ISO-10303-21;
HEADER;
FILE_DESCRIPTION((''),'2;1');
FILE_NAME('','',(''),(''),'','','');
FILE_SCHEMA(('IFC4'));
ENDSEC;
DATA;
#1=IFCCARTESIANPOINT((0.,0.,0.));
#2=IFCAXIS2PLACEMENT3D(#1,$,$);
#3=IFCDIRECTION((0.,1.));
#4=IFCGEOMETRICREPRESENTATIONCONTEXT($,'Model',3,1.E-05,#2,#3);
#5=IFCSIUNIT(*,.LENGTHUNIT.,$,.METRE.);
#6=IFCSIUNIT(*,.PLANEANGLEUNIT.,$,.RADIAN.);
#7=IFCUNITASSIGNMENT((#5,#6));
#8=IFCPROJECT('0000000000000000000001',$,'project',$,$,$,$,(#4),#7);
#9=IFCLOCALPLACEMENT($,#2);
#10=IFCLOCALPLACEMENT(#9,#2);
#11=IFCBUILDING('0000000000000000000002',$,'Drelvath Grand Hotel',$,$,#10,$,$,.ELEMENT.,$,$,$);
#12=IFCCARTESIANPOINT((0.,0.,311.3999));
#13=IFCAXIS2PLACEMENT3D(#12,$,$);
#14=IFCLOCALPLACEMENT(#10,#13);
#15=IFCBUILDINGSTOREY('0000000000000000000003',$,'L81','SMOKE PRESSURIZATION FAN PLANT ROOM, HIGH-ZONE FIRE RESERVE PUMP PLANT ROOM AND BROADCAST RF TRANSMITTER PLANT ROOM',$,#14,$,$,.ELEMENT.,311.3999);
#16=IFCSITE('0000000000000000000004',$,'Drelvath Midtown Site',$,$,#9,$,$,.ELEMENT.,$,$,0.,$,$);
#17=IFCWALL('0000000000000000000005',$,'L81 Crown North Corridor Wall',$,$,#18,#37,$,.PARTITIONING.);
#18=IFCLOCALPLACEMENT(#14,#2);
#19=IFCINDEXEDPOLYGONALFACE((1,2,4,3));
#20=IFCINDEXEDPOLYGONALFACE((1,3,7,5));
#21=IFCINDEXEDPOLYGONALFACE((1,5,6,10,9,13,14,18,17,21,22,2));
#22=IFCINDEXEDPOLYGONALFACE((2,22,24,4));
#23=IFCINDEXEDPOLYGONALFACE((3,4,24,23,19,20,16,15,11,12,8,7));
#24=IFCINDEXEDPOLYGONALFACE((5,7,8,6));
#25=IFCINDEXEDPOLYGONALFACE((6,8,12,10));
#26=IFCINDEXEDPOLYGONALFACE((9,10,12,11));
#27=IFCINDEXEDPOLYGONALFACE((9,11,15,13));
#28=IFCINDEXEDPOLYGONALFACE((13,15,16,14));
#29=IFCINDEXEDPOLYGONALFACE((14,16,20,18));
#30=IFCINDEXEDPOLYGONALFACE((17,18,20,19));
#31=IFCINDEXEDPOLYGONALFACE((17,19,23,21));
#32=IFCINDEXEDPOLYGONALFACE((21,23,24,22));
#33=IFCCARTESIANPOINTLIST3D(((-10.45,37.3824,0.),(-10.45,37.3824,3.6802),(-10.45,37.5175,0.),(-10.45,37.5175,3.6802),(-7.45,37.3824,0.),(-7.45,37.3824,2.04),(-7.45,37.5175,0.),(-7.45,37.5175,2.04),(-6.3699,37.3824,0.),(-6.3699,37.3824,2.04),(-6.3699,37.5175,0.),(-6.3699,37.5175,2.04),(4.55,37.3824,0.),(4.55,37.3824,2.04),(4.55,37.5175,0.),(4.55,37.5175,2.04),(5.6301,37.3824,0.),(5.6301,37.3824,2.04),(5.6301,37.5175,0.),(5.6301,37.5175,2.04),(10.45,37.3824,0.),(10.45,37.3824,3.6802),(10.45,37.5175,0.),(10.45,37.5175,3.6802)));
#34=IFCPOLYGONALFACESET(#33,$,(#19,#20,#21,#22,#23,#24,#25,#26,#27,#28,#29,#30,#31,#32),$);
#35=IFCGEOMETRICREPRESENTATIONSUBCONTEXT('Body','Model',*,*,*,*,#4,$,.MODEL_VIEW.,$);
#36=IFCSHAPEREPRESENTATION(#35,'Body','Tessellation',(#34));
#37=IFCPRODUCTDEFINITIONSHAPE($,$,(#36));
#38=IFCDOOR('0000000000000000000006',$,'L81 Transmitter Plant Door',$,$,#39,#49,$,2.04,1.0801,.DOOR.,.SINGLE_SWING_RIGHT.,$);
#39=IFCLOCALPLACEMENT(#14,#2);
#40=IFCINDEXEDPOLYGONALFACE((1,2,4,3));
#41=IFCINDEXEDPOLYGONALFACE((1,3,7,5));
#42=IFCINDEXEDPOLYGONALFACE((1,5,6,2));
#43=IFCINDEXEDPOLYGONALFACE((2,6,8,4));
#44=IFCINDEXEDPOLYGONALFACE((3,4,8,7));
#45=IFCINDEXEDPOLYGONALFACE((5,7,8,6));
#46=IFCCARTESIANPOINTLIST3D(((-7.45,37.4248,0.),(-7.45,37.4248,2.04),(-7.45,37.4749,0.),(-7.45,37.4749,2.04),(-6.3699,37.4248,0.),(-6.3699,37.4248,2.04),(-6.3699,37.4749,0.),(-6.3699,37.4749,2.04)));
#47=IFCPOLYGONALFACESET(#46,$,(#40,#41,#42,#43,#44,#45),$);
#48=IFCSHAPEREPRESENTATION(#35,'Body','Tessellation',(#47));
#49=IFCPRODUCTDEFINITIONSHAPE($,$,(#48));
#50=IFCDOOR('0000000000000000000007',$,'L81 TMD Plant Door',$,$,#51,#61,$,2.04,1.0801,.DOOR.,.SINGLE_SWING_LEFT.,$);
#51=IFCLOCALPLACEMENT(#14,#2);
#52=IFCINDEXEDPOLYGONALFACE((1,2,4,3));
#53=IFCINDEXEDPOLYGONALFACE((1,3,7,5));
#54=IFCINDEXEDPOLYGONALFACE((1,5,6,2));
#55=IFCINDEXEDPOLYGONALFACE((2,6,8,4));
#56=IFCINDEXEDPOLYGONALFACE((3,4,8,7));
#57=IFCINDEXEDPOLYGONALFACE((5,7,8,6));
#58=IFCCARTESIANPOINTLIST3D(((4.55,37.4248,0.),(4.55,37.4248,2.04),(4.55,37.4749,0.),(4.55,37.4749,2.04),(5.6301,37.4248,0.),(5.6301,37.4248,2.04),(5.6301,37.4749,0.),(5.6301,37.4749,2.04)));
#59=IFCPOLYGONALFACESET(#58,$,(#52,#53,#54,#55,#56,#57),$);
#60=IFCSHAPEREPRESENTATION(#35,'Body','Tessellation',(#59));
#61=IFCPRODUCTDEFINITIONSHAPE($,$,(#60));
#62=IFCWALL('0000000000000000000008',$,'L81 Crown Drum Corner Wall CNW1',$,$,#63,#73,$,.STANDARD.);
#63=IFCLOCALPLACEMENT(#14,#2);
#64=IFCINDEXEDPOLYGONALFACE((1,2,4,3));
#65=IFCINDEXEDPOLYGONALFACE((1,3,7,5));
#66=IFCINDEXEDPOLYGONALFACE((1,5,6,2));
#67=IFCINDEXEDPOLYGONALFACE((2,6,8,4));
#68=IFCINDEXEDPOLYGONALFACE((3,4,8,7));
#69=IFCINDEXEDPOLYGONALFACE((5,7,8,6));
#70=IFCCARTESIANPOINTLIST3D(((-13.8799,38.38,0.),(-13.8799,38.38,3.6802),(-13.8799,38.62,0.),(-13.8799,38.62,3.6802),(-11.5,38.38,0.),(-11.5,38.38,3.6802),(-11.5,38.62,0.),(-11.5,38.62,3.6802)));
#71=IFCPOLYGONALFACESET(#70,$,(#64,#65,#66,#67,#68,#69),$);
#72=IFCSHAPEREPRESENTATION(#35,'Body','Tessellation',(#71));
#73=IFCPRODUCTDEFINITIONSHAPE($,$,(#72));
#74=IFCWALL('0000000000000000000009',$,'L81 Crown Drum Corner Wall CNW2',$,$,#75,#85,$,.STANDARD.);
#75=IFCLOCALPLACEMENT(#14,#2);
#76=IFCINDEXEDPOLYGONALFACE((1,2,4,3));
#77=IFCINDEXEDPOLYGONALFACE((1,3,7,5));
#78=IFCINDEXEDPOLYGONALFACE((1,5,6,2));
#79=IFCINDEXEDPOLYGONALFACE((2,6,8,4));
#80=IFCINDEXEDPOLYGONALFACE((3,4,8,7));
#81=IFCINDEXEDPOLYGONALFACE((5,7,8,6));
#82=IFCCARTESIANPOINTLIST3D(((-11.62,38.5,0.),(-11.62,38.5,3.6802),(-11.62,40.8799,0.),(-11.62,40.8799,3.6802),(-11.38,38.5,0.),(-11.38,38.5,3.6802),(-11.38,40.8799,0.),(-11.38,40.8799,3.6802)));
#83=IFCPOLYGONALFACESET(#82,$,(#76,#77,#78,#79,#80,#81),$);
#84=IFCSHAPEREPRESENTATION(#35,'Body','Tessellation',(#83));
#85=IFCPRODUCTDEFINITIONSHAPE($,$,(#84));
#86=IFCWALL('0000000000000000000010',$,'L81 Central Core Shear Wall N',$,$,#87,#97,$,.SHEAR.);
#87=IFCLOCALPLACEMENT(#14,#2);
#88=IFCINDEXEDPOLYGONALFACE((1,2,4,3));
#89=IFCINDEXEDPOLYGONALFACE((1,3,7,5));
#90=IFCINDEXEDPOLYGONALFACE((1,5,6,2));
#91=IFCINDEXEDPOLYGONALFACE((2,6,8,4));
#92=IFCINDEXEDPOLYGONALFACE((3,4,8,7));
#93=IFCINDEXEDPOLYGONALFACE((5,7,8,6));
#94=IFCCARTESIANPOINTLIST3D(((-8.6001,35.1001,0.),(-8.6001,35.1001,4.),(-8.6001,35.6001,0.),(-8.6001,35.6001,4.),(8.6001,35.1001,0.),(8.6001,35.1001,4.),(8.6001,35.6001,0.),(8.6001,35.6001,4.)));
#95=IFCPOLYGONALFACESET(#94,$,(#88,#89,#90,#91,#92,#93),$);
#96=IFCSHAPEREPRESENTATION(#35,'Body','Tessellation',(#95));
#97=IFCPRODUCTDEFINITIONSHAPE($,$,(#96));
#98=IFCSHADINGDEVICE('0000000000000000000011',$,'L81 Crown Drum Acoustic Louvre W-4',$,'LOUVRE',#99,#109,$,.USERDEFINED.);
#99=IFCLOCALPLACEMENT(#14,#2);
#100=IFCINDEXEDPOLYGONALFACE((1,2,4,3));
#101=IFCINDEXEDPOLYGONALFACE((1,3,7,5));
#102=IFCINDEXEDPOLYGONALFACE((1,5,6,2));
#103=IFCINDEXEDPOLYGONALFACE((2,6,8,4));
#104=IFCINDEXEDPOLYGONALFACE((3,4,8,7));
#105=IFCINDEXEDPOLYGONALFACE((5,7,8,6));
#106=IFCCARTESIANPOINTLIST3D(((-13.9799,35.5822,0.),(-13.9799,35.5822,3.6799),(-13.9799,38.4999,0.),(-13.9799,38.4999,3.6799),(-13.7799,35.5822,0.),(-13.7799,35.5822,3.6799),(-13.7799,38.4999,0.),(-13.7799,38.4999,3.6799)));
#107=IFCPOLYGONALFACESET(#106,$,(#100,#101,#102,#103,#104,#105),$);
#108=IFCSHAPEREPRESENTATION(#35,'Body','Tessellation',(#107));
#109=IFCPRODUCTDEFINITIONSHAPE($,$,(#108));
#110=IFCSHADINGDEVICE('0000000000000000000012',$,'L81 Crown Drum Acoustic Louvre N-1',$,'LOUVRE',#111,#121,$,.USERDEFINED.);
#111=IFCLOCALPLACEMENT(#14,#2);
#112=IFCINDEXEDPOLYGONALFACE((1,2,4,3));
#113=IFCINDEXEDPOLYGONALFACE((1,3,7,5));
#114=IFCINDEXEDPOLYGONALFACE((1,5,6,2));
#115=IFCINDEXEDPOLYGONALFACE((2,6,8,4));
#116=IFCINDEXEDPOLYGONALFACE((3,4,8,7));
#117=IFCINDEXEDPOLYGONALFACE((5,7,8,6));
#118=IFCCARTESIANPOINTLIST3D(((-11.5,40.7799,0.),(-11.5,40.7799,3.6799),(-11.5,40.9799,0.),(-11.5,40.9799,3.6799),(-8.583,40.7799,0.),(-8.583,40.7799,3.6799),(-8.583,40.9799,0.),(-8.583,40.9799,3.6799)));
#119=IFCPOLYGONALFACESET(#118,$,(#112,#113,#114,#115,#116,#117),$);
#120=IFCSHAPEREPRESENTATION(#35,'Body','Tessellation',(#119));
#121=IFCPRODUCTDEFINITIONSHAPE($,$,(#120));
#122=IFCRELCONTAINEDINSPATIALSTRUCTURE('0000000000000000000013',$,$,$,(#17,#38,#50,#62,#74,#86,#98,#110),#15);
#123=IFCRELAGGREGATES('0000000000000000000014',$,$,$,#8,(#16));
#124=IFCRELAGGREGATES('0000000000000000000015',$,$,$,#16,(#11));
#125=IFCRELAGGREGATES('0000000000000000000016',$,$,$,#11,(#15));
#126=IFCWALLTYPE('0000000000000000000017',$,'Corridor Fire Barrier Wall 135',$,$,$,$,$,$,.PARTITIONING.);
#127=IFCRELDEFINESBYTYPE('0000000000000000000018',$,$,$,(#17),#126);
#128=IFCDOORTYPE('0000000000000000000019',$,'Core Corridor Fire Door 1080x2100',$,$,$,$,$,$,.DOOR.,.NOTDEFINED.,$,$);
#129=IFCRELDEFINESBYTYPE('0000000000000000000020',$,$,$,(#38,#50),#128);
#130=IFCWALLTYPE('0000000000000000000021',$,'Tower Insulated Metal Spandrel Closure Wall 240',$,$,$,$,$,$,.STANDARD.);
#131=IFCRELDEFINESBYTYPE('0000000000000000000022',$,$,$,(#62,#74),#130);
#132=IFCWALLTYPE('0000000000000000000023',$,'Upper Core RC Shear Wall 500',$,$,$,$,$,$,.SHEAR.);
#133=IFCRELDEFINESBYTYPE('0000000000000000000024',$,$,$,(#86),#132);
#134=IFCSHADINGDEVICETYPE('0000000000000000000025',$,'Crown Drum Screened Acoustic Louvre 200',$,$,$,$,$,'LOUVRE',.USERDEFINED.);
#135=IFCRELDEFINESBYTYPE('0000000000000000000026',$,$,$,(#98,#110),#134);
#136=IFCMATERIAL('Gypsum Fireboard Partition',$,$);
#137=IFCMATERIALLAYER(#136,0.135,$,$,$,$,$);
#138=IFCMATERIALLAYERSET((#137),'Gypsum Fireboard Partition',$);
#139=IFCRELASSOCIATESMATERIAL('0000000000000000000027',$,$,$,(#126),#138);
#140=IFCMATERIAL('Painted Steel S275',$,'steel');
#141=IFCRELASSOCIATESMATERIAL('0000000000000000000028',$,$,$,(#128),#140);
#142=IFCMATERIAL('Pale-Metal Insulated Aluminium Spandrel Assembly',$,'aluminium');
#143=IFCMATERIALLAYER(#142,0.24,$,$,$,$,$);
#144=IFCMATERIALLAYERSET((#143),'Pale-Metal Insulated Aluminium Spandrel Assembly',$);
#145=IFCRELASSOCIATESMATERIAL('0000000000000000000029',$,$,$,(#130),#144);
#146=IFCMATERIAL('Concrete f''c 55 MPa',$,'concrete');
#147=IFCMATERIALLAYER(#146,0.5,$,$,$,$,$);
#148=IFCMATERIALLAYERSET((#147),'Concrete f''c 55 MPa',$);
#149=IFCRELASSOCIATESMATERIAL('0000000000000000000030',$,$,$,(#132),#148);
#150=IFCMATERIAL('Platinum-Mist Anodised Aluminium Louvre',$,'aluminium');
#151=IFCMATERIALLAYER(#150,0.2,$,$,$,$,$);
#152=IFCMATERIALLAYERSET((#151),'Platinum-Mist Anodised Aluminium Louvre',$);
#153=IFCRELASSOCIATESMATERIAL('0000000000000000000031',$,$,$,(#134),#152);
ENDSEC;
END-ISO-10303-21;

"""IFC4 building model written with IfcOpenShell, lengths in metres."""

from ifc_helpers import new_model, si_unit, direction, frame, frame_2d, origin, origin_2d, place, context, subcontext, project, spatial, rectangle, extrude, material, layer, layer_set, type_object, element, fill, save


model = new_model("IFC4")

# Units and contexts
model_context = context("Model", 3, precision=1e-05, world=origin(), true_north=direction((0.0, 1.0)))
body_context = subcontext(model_context, "Body", "Model", "MODEL_VIEW")
ifc_project = project(units=[si_unit("LENGTHUNIT", "METRE"), si_unit("PLANEANGLEUNIT", "RADIAN")], contexts=[model_context])

# Site, building, storey
site_placement = place(None, origin())
site = spatial("IfcSite", under=ifc_project, at=site_placement, Name="Drelvath Midtown Site", CompositionType="ELEMENT", RefElevation=0.0)
building_placement = place(site_placement, origin())
building = spatial("IfcBuilding", under=site, at=building_placement, Name="Drelvath Grand Hotel", CompositionType="ELEMENT")
storey_placement = place(building_placement, frame((0.0, 0.0, 311.3999)))
storey = spatial("IfcBuildingStorey", under=building, at=storey_placement, Name="L81", Description="SMOKE PRESSURIZATION FAN PLANT ROOM, HIGH-ZONE FIRE RESERVE PUMP PLANT ROOM AND BROADCAST RF TRANSMITTER PLANT ROOM", CompositionType="ELEMENT", Elevation=311.3999)

# Wall, openings, doors
ifc_material_1 = material(Name="Gypsum Fireboard Partition")
ifc_layer_1 = layer(ifc_material_1, 0.135)
ifc_layer_set_1 = layer_set([ifc_layer_1], Name="Gypsum Fireboard Partition")
wall_type_1 = type_object("IfcWallType", Name="Corridor Fire Barrier Wall 135", PredefinedType="PARTITIONING", material=ifc_layer_set_1)
wall_1_placement = place(storey_placement, frame((-10.45, 37.45, 0.0), z_axis=(0.0, 0.0, 1.0), x_axis=(1.0, 0.0, 0.0)))
wall_1 = element("IfcWall", 1, at=wall_1_placement, inside=storey, type_object=wall_type_1, Name="L81 Crown North Corridor Wall", PredefinedType="PARTITIONING", context=body_context, shape_type="SweptSolid", body=[
    extrude(rectangle(XDim=20.8999, YDim=0.135, at=frame_2d((10.45, 0.0))), origin(), (0.0, 0.0, 1.0), 3.6802),
])
opening_1_placement = place(wall_1_placement, frame((3.0, 0.0, 0.0)))
opening_1 = element("IfcOpeningElement", 2, at=opening_1_placement, cuts=wall_1, PredefinedType="OPENING", context=body_context, shape_type="SweptSolid", body=[
    extrude(rectangle(XDim=1.0801, YDim=2.04, at=frame_2d((0.54, 1.02))), frame((0.0, 0.0774, 0.0), z_axis=(0.0, -1.0, 0.0), x_axis=(1.0, 0.0, 0.0)), (0.0, 0.0, 1.0), 0.155),
])
opening_2_placement = place(wall_1_placement, frame((15.0, 0.0, 0.0)))
opening_2 = element("IfcOpeningElement", 3, at=opening_2_placement, cuts=wall_1, PredefinedType="OPENING", context=body_context, shape_type="SweptSolid", body=[
    extrude(rectangle(XDim=1.0801, YDim=2.04, at=frame_2d((0.54, 1.02))), frame((0.0, 0.0774, 0.0), z_axis=(0.0, -1.0, 0.0), x_axis=(1.0, 0.0, 0.0)), (0.0, 0.0, 1.0), 0.155),
])
ifc_material_2 = material(Name="Painted Steel S275", Category="steel")
door_type = type_object("IfcDoorType", Name="Core Corridor Fire Door 1080x2100", OperationType="NOTDEFINED", PredefinedType="DOOR", material=ifc_material_2)
door_1_placement = place(opening_1_placement, origin())
door_1 = element("IfcDoor", 4, at=door_1_placement, inside=storey, type_object=door_type, Name="L81 Transmitter Plant Door", OperationType="SINGLE_SWING_RIGHT", OverallHeight=2.04, OverallWidth=1.0801, PredefinedType="DOOR", context=body_context, shape_type="SweptSolid", body=[
    extrude(rectangle(XDim=1.0801, YDim=2.04, at=frame_2d((0.54, 1.02))), frame((0.0, 0.0249, 0.0), z_axis=(0.0, -1.0, 0.0), x_axis=(1.0, 0.0, 0.0)), (0.0, 0.0, 1.0), 0.05),
])
fill(opening_1, door_1)
door_2_placement = place(opening_2_placement, origin())
door_2 = element("IfcDoor", 5, at=door_2_placement, inside=storey, type_object=door_type, Name="L81 TMD Plant Door", OperationType="SINGLE_SWING_LEFT", OverallHeight=2.04, OverallWidth=1.0801, PredefinedType="DOOR", context=body_context, shape_type="SweptSolid", body=[
    extrude(rectangle(XDim=1.0801, YDim=2.04, at=frame_2d((0.54, 1.02))), frame((0.0, 0.0249, 0.0), z_axis=(0.0, -1.0, 0.0), x_axis=(1.0, 0.0, 0.0)), (0.0, 0.0, 1.0), 0.05),
])
fill(opening_2, door_2)

# Walls
ifc_material_3 = material(Name="Pale-Metal Insulated Aluminium Spandrel Assembly", Category="aluminium")
ifc_layer_2 = layer(ifc_material_3, 0.24)
ifc_layer_set_2 = layer_set([ifc_layer_2], Name="Pale-Metal Insulated Aluminium Spandrel Assembly")
wall_type_2 = type_object("IfcWallType", Name="Tower Insulated Metal Spandrel Closure Wall 240", PredefinedType="STANDARD", material=ifc_layer_set_2)
for number, where, z_axis, x_axis, name in (
    (6, (-13.8799, 38.5, 0.0), (0.0, 0.0, 1.0), (1.0, 0.0, 0.0), "L81 Crown Drum Corner Wall CNW1"),
    (7, (-11.5, 38.5, 0.0), (0.0, 0.0, 1.0), (0.0, 1.0, 0.0), "L81 Crown Drum Corner Wall CNW2"),
):
    element("IfcWall", number, at=place(storey_placement, frame(where, z_axis=z_axis, x_axis=x_axis)), inside=storey, type_object=wall_type_2, Name=name, PredefinedType="STANDARD", context=body_context, shape_type="SweptSolid", body=[
        extrude(rectangle(XDim=2.3799, YDim=0.24, at=frame_2d((1.1899, 0.0))), origin(), (0.0, 0.0, 1.0), 3.6802),
    ])
ifc_material_4 = material(Name="Concrete f'c 55 MPa", Category="concrete")
ifc_layer_3 = layer(ifc_material_4, 0.5)
ifc_layer_set_3 = layer_set([ifc_layer_3], Name="Concrete f'c 55 MPa")
wall_type_3 = type_object("IfcWallType", Name="Upper Core RC Shear Wall 500", PredefinedType="SHEAR", material=ifc_layer_set_3)
wall_2_placement = place(storey_placement, frame((-8.6001, 35.3501, 0.0), z_axis=(0.0, 0.0, 1.0), x_axis=(1.0, 0.0, 0.0)))
element("IfcWall", 8, at=wall_2_placement, inside=storey, type_object=wall_type_3, Name="L81 Central Core Shear Wall N", PredefinedType="SHEAR", context=body_context, shape_type="SweptSolid", body=[
    extrude(rectangle(XDim=17.2002, YDim=0.5, at=frame_2d((8.6001, 0.0))), origin(), (0.0, 0.0, 1.0), 4.0),
])

# Shading devices
ifc_material_5 = material(Name="Platinum-Mist Anodised Aluminium Louvre", Category="aluminium")
ifc_layer_4 = layer(ifc_material_5, 0.2)
ifc_layer_set_4 = layer_set([ifc_layer_4], Name="Platinum-Mist Anodised Aluminium Louvre")
shading_device_type = type_object("IfcShadingDeviceType", Name="Crown Drum Screened Acoustic Louvre 200", ElementType="LOUVRE", PredefinedType="USERDEFINED", material=ifc_layer_set_4)
shading_device_1_placement = place(storey_placement, frame((-13.8799, 37.041, 0.0), z_axis=(0.0, 0.0, 1.0), x_axis=(0.0, 1.0, 0.0)))
element("IfcShadingDevice", 9, at=shading_device_1_placement, inside=storey, type_object=shading_device_type, Name="L81 Crown Drum Acoustic Louvre W-4", ObjectType="LOUVRE", PredefinedType="USERDEFINED", context=body_context, shape_type="SweptSolid", body=[
    extrude(rectangle(XDim=2.9177, YDim=0.2, at=origin_2d()), origin(), (0.0, 0.0, 1.0), 3.6799),
])
shading_device_2_placement = place(storey_placement, frame((-10.0415, 40.8799, 0.0), z_axis=(0.0, 0.0, 1.0), x_axis=(1.0, 0.0, 0.0)))
element("IfcShadingDevice", 10, at=shading_device_2_placement, inside=storey, type_object=shading_device_type, Name="L81 Crown Drum Acoustic Louvre N-1", ObjectType="LOUVRE", PredefinedType="USERDEFINED", context=body_context, shape_type="SweptSolid", body=[
    extrude(rectangle(XDim=2.917, YDim=0.2, at=origin_2d()), origin(), (0.0, 0.0, 1.0), 3.6799),
])

save(model, "model.ifc")
